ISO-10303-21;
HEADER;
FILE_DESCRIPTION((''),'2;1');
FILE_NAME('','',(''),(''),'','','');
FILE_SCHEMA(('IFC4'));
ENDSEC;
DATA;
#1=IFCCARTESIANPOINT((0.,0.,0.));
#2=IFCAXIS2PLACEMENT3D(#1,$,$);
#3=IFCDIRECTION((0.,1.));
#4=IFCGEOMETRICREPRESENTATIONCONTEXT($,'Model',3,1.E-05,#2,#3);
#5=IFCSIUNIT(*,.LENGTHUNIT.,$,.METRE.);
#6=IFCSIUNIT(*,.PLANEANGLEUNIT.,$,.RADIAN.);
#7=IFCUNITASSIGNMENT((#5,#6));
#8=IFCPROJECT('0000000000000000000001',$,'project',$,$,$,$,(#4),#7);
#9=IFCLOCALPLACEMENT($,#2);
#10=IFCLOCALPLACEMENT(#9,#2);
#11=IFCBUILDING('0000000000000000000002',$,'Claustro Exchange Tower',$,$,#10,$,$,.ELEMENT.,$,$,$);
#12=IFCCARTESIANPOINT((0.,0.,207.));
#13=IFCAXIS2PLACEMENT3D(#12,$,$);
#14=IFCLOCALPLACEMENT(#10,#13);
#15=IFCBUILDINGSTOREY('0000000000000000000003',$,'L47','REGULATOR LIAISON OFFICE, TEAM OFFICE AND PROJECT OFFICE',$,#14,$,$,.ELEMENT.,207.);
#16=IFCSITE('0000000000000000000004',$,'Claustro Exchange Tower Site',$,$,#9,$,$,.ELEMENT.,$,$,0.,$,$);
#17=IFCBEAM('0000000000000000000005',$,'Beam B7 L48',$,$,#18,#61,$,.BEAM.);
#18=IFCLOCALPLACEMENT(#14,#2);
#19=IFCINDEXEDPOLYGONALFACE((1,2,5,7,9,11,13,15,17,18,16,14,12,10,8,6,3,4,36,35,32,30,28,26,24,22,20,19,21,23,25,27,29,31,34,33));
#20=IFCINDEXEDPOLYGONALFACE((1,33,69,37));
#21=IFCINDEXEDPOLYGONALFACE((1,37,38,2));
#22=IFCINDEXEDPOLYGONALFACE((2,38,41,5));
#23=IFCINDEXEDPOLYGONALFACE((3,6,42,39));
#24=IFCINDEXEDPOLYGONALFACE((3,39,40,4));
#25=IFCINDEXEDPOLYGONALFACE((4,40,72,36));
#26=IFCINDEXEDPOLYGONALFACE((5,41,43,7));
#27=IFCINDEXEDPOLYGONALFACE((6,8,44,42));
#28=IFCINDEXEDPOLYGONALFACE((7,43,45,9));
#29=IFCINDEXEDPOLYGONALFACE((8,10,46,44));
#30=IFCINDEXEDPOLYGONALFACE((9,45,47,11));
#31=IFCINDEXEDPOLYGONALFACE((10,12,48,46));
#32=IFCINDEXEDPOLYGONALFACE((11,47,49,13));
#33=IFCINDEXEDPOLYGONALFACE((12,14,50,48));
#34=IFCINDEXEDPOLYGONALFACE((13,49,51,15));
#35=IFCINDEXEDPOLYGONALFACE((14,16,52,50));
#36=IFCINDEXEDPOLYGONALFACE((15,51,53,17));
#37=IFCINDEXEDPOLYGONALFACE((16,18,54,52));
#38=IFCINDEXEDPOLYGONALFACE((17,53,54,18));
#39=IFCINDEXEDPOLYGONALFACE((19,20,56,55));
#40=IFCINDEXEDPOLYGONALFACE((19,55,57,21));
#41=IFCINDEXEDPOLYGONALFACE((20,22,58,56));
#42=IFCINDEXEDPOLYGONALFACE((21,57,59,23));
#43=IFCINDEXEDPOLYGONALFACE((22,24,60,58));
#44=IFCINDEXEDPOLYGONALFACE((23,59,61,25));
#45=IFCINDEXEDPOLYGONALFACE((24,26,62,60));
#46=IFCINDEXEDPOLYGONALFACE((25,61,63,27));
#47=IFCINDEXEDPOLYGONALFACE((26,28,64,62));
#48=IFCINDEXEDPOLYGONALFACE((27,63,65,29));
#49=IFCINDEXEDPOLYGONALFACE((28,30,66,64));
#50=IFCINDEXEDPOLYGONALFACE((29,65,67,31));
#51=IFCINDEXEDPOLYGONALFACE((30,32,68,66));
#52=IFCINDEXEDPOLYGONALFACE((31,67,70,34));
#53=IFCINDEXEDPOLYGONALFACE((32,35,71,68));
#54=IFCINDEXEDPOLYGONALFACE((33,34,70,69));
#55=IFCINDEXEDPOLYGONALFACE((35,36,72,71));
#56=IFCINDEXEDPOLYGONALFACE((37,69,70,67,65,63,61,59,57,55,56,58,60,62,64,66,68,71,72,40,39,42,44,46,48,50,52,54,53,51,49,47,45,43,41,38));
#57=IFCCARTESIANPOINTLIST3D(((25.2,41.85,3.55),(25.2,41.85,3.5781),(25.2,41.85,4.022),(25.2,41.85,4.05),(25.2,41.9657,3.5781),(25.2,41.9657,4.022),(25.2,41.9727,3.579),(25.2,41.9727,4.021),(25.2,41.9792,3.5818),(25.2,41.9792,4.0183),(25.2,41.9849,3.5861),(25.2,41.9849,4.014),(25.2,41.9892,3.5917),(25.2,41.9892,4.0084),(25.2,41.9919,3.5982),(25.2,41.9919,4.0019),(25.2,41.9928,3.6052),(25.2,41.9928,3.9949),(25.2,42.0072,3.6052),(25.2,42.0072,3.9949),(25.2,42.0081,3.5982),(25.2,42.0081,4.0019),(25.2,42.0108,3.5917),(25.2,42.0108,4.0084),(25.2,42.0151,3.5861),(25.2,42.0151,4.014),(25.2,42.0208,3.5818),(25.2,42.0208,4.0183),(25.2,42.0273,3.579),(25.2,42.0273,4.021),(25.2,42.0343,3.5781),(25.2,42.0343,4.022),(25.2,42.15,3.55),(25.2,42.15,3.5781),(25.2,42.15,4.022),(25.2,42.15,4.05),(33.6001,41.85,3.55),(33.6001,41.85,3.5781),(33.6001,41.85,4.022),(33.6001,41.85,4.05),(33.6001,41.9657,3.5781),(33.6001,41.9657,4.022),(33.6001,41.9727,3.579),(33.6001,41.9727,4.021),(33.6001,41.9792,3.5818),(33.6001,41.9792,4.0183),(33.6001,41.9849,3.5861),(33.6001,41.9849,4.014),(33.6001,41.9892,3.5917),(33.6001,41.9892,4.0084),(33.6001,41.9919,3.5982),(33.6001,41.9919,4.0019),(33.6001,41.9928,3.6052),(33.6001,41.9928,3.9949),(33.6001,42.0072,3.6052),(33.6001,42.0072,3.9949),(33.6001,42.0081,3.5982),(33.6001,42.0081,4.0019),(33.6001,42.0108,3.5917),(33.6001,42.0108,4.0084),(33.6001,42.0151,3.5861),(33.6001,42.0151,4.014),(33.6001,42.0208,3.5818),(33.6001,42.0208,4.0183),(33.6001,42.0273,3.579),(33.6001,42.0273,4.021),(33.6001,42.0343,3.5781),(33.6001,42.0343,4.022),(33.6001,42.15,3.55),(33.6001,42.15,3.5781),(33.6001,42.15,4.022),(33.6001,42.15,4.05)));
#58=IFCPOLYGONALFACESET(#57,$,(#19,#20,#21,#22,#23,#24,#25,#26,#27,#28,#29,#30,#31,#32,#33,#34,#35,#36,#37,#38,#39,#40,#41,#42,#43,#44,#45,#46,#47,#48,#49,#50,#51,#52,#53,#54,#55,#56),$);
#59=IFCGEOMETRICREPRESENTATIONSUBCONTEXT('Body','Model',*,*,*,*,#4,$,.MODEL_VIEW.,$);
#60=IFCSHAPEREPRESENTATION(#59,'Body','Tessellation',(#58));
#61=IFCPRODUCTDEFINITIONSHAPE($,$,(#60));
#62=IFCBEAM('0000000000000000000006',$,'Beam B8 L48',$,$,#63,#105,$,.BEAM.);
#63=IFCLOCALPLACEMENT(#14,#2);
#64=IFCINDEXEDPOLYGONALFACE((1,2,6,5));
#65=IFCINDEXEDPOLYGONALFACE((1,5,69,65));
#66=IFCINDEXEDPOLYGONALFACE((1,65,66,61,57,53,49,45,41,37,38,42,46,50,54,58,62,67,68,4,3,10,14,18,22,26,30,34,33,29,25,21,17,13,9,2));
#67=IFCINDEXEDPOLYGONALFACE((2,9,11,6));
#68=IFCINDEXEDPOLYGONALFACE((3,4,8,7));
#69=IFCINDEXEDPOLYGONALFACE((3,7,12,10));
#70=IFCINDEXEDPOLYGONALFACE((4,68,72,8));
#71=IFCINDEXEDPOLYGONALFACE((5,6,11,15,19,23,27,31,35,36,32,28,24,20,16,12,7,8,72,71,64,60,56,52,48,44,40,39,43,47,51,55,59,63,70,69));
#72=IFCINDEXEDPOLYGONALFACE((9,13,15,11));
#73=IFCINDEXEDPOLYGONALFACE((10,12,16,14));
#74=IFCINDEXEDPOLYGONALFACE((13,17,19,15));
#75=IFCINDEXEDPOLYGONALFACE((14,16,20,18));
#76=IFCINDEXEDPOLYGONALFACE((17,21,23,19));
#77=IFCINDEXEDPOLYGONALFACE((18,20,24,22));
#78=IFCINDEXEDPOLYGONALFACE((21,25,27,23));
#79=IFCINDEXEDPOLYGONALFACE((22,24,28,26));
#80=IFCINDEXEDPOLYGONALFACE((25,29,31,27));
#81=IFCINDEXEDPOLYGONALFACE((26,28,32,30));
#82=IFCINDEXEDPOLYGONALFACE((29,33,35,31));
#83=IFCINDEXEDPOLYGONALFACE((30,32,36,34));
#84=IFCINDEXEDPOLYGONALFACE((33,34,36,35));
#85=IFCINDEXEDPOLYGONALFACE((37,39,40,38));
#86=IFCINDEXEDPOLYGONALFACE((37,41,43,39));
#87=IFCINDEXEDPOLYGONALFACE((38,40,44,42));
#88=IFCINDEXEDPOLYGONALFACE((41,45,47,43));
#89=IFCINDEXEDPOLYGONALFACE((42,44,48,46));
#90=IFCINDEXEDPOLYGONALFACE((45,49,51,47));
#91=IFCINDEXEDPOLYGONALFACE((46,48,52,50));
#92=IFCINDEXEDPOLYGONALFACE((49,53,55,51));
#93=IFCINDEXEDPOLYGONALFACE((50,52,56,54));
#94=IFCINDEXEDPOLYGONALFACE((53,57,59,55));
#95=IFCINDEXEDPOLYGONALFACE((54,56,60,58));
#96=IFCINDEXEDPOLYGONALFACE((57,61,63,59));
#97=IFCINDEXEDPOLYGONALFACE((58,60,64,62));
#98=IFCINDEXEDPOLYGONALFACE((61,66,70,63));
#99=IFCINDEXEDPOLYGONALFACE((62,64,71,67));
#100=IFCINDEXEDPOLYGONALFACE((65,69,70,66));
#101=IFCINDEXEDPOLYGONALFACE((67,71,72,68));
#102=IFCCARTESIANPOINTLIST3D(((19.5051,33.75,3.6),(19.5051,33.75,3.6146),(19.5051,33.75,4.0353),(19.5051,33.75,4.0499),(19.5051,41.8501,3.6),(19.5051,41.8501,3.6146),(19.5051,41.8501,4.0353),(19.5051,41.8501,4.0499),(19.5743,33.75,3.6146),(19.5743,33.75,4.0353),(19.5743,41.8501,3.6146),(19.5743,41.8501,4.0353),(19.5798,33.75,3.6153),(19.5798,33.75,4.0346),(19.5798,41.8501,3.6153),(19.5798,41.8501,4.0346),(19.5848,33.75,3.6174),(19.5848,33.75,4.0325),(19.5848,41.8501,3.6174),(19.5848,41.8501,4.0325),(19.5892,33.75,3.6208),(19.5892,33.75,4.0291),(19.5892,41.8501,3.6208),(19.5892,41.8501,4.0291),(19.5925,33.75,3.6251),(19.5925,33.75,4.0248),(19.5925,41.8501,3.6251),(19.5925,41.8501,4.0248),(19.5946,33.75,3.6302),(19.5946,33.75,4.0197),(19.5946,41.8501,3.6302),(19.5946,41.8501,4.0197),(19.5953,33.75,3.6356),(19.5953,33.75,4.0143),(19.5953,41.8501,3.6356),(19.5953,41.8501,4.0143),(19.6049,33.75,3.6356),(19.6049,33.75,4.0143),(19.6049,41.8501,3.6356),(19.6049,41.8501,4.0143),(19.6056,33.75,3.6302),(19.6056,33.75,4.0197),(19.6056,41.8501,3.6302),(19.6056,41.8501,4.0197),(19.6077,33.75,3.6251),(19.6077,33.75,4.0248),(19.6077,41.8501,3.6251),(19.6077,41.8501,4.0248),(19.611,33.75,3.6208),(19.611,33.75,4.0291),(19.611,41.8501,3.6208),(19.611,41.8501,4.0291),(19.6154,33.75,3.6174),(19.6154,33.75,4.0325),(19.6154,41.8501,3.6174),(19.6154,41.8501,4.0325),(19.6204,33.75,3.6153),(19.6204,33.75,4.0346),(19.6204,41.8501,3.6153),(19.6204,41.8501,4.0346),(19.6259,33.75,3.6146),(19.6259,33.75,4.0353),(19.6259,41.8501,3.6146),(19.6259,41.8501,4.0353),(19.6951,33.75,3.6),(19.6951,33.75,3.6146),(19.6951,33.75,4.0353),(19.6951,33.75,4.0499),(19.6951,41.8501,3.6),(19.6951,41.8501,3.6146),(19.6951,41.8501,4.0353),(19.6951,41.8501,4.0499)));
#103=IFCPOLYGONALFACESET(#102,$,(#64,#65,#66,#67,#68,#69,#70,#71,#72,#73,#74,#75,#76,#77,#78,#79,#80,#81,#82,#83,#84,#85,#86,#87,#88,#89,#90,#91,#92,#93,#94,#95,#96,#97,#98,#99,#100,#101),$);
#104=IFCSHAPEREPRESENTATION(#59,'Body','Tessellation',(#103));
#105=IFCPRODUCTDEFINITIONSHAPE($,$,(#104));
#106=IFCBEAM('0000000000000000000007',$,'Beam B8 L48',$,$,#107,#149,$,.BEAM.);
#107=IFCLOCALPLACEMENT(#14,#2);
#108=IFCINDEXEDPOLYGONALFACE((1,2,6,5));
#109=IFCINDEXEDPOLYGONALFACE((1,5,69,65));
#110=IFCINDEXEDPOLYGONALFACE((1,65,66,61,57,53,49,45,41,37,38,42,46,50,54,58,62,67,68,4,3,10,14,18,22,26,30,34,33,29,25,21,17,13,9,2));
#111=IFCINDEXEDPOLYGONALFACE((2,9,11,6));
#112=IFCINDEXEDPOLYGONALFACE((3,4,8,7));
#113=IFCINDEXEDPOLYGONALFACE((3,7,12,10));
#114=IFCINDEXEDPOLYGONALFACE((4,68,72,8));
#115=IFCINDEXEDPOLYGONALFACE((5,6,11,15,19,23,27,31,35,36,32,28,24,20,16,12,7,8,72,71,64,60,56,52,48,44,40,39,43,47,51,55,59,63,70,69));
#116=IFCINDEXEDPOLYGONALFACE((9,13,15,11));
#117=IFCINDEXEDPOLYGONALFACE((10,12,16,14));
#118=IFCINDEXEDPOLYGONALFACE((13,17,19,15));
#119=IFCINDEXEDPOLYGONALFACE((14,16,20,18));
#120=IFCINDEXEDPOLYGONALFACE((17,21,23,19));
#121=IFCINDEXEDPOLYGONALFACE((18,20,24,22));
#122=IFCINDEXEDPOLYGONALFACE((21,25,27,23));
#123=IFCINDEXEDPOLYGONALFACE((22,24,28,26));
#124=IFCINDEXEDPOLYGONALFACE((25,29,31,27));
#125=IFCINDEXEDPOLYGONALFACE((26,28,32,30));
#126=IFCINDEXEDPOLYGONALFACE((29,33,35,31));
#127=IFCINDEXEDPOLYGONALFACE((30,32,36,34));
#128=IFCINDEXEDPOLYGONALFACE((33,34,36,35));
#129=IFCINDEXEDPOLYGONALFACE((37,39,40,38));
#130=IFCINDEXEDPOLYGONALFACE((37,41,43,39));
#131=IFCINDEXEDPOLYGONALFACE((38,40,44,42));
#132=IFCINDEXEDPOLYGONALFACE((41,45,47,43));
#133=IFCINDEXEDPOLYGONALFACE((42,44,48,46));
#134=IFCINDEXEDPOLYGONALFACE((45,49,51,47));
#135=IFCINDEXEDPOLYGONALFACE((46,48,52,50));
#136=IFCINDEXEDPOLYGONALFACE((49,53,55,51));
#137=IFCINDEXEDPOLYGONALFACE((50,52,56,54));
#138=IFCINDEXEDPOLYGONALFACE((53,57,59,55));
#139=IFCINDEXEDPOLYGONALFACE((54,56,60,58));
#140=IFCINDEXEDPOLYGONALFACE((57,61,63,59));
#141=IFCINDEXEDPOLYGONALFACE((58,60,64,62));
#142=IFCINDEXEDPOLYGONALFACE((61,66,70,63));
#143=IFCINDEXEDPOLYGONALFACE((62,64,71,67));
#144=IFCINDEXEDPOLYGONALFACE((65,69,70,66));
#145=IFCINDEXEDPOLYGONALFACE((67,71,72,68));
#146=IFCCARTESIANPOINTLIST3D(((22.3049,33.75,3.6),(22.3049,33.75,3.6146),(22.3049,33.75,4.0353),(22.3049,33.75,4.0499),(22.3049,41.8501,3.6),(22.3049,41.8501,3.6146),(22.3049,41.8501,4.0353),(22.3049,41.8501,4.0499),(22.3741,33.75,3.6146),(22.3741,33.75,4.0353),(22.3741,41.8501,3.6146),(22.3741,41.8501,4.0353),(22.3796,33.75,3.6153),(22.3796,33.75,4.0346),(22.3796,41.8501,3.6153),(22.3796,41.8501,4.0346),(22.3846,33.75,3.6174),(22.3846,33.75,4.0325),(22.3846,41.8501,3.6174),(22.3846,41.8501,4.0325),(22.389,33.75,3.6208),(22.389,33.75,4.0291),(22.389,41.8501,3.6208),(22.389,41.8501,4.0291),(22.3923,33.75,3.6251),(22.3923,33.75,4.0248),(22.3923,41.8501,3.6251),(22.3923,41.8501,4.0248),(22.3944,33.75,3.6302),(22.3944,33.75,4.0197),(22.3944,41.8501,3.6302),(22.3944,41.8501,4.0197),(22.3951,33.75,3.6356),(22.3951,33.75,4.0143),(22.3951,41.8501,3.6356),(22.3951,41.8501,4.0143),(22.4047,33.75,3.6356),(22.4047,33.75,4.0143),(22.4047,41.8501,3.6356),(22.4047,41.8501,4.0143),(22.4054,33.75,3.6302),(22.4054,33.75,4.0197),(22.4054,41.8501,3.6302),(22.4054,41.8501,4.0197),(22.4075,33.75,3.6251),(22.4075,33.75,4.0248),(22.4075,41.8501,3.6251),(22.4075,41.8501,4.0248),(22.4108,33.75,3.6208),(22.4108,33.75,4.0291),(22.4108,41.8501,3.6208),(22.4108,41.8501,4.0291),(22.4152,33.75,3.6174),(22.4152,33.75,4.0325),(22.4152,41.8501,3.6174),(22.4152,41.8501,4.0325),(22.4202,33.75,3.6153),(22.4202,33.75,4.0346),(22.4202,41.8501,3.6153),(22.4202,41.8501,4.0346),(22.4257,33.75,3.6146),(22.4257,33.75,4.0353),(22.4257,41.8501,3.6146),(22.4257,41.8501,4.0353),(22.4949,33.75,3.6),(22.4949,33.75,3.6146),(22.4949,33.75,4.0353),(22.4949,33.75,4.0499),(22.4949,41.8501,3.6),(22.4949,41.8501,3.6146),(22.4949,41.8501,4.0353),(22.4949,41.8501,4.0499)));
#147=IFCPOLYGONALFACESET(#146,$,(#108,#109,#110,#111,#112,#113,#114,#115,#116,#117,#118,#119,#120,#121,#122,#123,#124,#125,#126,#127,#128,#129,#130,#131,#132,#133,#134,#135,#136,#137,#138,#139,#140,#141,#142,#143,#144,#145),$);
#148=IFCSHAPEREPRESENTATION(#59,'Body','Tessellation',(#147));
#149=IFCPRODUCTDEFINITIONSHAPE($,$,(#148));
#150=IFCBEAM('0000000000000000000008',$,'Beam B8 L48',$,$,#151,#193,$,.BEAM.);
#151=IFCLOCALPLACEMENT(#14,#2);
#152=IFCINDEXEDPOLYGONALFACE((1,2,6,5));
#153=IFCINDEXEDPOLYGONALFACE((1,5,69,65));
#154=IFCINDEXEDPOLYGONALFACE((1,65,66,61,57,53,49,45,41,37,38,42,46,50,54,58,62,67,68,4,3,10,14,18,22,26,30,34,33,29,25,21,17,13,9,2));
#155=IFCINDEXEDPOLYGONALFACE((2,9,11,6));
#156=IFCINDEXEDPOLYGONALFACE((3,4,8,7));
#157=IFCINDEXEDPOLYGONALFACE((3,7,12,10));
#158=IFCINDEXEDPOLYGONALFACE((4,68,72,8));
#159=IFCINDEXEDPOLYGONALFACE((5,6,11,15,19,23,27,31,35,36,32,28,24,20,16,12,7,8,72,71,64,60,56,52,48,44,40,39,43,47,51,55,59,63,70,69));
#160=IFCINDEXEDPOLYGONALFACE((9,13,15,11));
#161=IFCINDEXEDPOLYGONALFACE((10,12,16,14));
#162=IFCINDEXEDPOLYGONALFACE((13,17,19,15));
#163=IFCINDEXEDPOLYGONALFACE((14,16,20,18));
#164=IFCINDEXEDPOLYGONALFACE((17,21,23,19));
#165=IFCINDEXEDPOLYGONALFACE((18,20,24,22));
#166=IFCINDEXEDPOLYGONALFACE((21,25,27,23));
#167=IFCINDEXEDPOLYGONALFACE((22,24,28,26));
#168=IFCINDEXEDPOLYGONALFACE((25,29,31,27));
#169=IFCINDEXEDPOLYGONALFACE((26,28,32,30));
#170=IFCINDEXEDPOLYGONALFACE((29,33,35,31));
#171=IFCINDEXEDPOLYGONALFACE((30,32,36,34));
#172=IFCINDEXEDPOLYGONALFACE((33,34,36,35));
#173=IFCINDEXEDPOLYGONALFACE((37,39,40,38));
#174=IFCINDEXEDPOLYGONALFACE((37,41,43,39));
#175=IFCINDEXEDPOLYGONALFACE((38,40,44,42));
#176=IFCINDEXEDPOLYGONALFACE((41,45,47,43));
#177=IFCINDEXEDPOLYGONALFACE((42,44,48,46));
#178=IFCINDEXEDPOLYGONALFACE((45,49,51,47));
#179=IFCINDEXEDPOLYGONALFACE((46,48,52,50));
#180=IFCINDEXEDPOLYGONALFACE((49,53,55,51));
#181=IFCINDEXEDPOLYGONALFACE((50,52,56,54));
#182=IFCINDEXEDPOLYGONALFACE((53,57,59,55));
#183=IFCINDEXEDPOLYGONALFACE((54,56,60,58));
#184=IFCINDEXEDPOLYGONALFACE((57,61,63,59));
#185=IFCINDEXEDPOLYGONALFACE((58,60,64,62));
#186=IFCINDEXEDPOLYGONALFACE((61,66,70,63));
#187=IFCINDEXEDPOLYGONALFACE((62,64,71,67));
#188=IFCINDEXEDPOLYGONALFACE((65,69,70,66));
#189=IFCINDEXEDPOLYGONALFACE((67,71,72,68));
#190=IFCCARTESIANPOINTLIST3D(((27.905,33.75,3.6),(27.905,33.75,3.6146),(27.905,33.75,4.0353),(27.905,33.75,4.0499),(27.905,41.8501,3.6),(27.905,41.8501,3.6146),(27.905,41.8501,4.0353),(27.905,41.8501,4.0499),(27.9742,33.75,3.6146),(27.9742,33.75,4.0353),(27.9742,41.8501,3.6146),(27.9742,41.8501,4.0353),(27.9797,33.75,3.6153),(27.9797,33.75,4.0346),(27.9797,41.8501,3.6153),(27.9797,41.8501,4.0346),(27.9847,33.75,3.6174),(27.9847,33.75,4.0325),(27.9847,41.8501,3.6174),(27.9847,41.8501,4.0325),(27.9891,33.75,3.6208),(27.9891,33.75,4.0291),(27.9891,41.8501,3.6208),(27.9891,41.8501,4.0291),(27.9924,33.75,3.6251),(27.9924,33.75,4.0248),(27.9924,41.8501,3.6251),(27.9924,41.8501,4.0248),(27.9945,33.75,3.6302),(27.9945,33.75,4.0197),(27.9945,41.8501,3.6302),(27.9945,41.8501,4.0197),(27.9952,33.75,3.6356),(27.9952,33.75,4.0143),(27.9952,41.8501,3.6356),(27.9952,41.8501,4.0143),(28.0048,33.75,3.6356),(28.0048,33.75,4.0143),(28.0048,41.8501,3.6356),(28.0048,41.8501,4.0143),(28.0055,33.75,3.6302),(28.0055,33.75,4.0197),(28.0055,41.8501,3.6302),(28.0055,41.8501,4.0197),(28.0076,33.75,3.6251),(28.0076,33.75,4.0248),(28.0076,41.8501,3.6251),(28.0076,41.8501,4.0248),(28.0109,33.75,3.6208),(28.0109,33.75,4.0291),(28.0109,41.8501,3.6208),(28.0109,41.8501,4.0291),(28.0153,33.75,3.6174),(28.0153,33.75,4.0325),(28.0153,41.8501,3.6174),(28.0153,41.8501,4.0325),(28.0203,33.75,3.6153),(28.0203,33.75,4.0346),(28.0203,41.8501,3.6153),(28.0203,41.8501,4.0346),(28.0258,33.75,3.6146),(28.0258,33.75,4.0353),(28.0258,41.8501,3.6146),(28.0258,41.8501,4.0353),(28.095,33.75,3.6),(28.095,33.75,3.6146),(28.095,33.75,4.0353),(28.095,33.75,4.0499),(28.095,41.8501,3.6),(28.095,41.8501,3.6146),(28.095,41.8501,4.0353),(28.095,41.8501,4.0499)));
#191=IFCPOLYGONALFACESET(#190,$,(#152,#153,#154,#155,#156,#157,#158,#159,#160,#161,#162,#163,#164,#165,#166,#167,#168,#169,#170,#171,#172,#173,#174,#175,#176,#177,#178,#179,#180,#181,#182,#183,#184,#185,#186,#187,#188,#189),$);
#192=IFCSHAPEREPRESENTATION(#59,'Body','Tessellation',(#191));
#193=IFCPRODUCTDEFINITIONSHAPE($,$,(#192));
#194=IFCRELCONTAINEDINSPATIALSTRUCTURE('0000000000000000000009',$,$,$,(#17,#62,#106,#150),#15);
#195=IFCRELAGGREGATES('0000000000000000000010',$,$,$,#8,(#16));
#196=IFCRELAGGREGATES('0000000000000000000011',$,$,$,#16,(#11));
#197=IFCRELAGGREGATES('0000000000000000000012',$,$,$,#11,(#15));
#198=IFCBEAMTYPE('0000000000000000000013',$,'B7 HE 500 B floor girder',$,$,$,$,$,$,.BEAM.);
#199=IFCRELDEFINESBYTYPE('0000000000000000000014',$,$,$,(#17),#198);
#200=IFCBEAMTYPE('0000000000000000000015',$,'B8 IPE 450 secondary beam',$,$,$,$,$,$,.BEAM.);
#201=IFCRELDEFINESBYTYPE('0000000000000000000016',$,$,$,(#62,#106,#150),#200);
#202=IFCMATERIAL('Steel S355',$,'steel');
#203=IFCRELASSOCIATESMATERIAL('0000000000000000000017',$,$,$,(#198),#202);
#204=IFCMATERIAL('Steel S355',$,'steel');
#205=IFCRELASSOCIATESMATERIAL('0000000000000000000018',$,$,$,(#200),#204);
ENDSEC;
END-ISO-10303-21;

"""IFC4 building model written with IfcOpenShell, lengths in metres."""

from ifc_helpers import new_model, si_unit, direction, frame, origin, origin_2d, place, context, subcontext, project, spatial, i_section, extrude, material, material_profile, profile_set, type_object, element, save


model = new_model("IFC4")

# Units and contexts
model_context = context("Model", 3, precision=1e-05, world=origin(), true_north=direction((0.0, 1.0)))
body_context = subcontext(model_context, "Body", "Model", "MODEL_VIEW")
ifc_project = project(units=[si_unit("LENGTHUNIT", "METRE"), si_unit("PLANEANGLEUNIT", "RADIAN")], contexts=[model_context])

# Site, building, storey
site_placement = place(None, origin())
site = spatial("IfcSite", under=ifc_project, at=site_placement, Name="Claustro Exchange Tower Site", CompositionType="ELEMENT", RefElevation=0.0)
building_placement = place(site_placement, origin())
building = spatial("IfcBuilding", under=site, at=building_placement, Name="Claustro Exchange Tower", CompositionType="ELEMENT")
storey_placement = place(building_placement, frame((0.0, 0.0, 207.0)))
storey = spatial("IfcBuildingStorey", under=building, at=storey_placement, Name="L47", Description="REGULATOR LIAISON OFFICE, TEAM OFFICE AND PROJECT OFFICE", CompositionType="ELEMENT", Elevation=207.0)

# Beams
ifc_material_1 = material(Name="Steel S355", Category="steel")
ifc_material_profile_1 = material_profile(ifc_material_1, i_section(OverallWidth=0.3, OverallDepth=0.5, WebThickness=0.0144, FlangeThickness=0.0281, FilletRadius=0.0271, at=origin_2d()), Name="HE 500 B")
ifc_profile_set_1 = profile_set([ifc_material_profile_1], Name="Steel S355")
beam_type_1 = type_object("IfcBeamType", Name="B7 HE 500 B floor girder", PredefinedType="BEAM", material=ifc_profile_set_1)
beam_1_placement = place(storey_placement, frame((25.2, 42.0, 3.8), z_axis=(1.0, 0.0, 0.0), x_axis=(0.0, 1.0, 0.0)))
element("IfcBeam", 1, at=beam_1_placement, inside=storey, type_object=beam_type_1, Name="Beam B7 L48", PredefinedType="BEAM", context=body_context, shape_type="SweptSolid", body=[
    extrude(i_section(OverallWidth=0.3, OverallDepth=0.5, WebThickness=0.0144, FlangeThickness=0.0281, FilletRadius=0.0271, at=origin_2d()), origin(), (0.0, 0.0, 1.0), 8.4001),
])
ifc_material_2 = material(Name="Steel S355", Category="steel")
ifc_material_profile_2 = material_profile(ifc_material_2, i_section(OverallWidth=0.1899, OverallDepth=0.45, WebThickness=0.0095, FlangeThickness=0.0146, FilletRadius=0.021, at=origin_2d()), Name="IPE 450")
ifc_profile_set_2 = profile_set([ifc_material_profile_2], Name="Steel S355")
beam_type_2 = type_object("IfcBeamType", Name="B8 IPE 450 secondary beam", PredefinedType="BEAM", material=ifc_profile_set_2)
for number, where, z_axis, x_axis, name in (
    (2, (19.6001, 33.75, 3.825), (0.0, 1.0, 0.0), (-1.0, 0.0, 0.0), "Beam B8 L48"),
    (3, (22.3999, 33.75, 3.825), (0.0, 1.0, 0.0), (-1.0, 0.0, 0.0), "Beam B8 L48"),
    (4, (28.0, 33.75, 3.825), (0.0, 1.0, 0.0), (-1.0, 0.0, 0.0), "Beam B8 L48"),
):
    element("IfcBeam", number, at=place(storey_placement, frame(where, z_axis=z_axis, x_axis=x_axis)), inside=storey, type_object=beam_type_2, Name=name, PredefinedType="BEAM", context=body_context, shape_type="SweptSolid", body=[
        extrude(i_section(OverallWidth=0.1899, OverallDepth=0.45, WebThickness=0.0095, FlangeThickness=0.0146, FilletRadius=0.021, at=origin_2d()), origin(), (0.0, 0.0, 1.0), 8.1001),
    ])

save(model, "model.ifc")
